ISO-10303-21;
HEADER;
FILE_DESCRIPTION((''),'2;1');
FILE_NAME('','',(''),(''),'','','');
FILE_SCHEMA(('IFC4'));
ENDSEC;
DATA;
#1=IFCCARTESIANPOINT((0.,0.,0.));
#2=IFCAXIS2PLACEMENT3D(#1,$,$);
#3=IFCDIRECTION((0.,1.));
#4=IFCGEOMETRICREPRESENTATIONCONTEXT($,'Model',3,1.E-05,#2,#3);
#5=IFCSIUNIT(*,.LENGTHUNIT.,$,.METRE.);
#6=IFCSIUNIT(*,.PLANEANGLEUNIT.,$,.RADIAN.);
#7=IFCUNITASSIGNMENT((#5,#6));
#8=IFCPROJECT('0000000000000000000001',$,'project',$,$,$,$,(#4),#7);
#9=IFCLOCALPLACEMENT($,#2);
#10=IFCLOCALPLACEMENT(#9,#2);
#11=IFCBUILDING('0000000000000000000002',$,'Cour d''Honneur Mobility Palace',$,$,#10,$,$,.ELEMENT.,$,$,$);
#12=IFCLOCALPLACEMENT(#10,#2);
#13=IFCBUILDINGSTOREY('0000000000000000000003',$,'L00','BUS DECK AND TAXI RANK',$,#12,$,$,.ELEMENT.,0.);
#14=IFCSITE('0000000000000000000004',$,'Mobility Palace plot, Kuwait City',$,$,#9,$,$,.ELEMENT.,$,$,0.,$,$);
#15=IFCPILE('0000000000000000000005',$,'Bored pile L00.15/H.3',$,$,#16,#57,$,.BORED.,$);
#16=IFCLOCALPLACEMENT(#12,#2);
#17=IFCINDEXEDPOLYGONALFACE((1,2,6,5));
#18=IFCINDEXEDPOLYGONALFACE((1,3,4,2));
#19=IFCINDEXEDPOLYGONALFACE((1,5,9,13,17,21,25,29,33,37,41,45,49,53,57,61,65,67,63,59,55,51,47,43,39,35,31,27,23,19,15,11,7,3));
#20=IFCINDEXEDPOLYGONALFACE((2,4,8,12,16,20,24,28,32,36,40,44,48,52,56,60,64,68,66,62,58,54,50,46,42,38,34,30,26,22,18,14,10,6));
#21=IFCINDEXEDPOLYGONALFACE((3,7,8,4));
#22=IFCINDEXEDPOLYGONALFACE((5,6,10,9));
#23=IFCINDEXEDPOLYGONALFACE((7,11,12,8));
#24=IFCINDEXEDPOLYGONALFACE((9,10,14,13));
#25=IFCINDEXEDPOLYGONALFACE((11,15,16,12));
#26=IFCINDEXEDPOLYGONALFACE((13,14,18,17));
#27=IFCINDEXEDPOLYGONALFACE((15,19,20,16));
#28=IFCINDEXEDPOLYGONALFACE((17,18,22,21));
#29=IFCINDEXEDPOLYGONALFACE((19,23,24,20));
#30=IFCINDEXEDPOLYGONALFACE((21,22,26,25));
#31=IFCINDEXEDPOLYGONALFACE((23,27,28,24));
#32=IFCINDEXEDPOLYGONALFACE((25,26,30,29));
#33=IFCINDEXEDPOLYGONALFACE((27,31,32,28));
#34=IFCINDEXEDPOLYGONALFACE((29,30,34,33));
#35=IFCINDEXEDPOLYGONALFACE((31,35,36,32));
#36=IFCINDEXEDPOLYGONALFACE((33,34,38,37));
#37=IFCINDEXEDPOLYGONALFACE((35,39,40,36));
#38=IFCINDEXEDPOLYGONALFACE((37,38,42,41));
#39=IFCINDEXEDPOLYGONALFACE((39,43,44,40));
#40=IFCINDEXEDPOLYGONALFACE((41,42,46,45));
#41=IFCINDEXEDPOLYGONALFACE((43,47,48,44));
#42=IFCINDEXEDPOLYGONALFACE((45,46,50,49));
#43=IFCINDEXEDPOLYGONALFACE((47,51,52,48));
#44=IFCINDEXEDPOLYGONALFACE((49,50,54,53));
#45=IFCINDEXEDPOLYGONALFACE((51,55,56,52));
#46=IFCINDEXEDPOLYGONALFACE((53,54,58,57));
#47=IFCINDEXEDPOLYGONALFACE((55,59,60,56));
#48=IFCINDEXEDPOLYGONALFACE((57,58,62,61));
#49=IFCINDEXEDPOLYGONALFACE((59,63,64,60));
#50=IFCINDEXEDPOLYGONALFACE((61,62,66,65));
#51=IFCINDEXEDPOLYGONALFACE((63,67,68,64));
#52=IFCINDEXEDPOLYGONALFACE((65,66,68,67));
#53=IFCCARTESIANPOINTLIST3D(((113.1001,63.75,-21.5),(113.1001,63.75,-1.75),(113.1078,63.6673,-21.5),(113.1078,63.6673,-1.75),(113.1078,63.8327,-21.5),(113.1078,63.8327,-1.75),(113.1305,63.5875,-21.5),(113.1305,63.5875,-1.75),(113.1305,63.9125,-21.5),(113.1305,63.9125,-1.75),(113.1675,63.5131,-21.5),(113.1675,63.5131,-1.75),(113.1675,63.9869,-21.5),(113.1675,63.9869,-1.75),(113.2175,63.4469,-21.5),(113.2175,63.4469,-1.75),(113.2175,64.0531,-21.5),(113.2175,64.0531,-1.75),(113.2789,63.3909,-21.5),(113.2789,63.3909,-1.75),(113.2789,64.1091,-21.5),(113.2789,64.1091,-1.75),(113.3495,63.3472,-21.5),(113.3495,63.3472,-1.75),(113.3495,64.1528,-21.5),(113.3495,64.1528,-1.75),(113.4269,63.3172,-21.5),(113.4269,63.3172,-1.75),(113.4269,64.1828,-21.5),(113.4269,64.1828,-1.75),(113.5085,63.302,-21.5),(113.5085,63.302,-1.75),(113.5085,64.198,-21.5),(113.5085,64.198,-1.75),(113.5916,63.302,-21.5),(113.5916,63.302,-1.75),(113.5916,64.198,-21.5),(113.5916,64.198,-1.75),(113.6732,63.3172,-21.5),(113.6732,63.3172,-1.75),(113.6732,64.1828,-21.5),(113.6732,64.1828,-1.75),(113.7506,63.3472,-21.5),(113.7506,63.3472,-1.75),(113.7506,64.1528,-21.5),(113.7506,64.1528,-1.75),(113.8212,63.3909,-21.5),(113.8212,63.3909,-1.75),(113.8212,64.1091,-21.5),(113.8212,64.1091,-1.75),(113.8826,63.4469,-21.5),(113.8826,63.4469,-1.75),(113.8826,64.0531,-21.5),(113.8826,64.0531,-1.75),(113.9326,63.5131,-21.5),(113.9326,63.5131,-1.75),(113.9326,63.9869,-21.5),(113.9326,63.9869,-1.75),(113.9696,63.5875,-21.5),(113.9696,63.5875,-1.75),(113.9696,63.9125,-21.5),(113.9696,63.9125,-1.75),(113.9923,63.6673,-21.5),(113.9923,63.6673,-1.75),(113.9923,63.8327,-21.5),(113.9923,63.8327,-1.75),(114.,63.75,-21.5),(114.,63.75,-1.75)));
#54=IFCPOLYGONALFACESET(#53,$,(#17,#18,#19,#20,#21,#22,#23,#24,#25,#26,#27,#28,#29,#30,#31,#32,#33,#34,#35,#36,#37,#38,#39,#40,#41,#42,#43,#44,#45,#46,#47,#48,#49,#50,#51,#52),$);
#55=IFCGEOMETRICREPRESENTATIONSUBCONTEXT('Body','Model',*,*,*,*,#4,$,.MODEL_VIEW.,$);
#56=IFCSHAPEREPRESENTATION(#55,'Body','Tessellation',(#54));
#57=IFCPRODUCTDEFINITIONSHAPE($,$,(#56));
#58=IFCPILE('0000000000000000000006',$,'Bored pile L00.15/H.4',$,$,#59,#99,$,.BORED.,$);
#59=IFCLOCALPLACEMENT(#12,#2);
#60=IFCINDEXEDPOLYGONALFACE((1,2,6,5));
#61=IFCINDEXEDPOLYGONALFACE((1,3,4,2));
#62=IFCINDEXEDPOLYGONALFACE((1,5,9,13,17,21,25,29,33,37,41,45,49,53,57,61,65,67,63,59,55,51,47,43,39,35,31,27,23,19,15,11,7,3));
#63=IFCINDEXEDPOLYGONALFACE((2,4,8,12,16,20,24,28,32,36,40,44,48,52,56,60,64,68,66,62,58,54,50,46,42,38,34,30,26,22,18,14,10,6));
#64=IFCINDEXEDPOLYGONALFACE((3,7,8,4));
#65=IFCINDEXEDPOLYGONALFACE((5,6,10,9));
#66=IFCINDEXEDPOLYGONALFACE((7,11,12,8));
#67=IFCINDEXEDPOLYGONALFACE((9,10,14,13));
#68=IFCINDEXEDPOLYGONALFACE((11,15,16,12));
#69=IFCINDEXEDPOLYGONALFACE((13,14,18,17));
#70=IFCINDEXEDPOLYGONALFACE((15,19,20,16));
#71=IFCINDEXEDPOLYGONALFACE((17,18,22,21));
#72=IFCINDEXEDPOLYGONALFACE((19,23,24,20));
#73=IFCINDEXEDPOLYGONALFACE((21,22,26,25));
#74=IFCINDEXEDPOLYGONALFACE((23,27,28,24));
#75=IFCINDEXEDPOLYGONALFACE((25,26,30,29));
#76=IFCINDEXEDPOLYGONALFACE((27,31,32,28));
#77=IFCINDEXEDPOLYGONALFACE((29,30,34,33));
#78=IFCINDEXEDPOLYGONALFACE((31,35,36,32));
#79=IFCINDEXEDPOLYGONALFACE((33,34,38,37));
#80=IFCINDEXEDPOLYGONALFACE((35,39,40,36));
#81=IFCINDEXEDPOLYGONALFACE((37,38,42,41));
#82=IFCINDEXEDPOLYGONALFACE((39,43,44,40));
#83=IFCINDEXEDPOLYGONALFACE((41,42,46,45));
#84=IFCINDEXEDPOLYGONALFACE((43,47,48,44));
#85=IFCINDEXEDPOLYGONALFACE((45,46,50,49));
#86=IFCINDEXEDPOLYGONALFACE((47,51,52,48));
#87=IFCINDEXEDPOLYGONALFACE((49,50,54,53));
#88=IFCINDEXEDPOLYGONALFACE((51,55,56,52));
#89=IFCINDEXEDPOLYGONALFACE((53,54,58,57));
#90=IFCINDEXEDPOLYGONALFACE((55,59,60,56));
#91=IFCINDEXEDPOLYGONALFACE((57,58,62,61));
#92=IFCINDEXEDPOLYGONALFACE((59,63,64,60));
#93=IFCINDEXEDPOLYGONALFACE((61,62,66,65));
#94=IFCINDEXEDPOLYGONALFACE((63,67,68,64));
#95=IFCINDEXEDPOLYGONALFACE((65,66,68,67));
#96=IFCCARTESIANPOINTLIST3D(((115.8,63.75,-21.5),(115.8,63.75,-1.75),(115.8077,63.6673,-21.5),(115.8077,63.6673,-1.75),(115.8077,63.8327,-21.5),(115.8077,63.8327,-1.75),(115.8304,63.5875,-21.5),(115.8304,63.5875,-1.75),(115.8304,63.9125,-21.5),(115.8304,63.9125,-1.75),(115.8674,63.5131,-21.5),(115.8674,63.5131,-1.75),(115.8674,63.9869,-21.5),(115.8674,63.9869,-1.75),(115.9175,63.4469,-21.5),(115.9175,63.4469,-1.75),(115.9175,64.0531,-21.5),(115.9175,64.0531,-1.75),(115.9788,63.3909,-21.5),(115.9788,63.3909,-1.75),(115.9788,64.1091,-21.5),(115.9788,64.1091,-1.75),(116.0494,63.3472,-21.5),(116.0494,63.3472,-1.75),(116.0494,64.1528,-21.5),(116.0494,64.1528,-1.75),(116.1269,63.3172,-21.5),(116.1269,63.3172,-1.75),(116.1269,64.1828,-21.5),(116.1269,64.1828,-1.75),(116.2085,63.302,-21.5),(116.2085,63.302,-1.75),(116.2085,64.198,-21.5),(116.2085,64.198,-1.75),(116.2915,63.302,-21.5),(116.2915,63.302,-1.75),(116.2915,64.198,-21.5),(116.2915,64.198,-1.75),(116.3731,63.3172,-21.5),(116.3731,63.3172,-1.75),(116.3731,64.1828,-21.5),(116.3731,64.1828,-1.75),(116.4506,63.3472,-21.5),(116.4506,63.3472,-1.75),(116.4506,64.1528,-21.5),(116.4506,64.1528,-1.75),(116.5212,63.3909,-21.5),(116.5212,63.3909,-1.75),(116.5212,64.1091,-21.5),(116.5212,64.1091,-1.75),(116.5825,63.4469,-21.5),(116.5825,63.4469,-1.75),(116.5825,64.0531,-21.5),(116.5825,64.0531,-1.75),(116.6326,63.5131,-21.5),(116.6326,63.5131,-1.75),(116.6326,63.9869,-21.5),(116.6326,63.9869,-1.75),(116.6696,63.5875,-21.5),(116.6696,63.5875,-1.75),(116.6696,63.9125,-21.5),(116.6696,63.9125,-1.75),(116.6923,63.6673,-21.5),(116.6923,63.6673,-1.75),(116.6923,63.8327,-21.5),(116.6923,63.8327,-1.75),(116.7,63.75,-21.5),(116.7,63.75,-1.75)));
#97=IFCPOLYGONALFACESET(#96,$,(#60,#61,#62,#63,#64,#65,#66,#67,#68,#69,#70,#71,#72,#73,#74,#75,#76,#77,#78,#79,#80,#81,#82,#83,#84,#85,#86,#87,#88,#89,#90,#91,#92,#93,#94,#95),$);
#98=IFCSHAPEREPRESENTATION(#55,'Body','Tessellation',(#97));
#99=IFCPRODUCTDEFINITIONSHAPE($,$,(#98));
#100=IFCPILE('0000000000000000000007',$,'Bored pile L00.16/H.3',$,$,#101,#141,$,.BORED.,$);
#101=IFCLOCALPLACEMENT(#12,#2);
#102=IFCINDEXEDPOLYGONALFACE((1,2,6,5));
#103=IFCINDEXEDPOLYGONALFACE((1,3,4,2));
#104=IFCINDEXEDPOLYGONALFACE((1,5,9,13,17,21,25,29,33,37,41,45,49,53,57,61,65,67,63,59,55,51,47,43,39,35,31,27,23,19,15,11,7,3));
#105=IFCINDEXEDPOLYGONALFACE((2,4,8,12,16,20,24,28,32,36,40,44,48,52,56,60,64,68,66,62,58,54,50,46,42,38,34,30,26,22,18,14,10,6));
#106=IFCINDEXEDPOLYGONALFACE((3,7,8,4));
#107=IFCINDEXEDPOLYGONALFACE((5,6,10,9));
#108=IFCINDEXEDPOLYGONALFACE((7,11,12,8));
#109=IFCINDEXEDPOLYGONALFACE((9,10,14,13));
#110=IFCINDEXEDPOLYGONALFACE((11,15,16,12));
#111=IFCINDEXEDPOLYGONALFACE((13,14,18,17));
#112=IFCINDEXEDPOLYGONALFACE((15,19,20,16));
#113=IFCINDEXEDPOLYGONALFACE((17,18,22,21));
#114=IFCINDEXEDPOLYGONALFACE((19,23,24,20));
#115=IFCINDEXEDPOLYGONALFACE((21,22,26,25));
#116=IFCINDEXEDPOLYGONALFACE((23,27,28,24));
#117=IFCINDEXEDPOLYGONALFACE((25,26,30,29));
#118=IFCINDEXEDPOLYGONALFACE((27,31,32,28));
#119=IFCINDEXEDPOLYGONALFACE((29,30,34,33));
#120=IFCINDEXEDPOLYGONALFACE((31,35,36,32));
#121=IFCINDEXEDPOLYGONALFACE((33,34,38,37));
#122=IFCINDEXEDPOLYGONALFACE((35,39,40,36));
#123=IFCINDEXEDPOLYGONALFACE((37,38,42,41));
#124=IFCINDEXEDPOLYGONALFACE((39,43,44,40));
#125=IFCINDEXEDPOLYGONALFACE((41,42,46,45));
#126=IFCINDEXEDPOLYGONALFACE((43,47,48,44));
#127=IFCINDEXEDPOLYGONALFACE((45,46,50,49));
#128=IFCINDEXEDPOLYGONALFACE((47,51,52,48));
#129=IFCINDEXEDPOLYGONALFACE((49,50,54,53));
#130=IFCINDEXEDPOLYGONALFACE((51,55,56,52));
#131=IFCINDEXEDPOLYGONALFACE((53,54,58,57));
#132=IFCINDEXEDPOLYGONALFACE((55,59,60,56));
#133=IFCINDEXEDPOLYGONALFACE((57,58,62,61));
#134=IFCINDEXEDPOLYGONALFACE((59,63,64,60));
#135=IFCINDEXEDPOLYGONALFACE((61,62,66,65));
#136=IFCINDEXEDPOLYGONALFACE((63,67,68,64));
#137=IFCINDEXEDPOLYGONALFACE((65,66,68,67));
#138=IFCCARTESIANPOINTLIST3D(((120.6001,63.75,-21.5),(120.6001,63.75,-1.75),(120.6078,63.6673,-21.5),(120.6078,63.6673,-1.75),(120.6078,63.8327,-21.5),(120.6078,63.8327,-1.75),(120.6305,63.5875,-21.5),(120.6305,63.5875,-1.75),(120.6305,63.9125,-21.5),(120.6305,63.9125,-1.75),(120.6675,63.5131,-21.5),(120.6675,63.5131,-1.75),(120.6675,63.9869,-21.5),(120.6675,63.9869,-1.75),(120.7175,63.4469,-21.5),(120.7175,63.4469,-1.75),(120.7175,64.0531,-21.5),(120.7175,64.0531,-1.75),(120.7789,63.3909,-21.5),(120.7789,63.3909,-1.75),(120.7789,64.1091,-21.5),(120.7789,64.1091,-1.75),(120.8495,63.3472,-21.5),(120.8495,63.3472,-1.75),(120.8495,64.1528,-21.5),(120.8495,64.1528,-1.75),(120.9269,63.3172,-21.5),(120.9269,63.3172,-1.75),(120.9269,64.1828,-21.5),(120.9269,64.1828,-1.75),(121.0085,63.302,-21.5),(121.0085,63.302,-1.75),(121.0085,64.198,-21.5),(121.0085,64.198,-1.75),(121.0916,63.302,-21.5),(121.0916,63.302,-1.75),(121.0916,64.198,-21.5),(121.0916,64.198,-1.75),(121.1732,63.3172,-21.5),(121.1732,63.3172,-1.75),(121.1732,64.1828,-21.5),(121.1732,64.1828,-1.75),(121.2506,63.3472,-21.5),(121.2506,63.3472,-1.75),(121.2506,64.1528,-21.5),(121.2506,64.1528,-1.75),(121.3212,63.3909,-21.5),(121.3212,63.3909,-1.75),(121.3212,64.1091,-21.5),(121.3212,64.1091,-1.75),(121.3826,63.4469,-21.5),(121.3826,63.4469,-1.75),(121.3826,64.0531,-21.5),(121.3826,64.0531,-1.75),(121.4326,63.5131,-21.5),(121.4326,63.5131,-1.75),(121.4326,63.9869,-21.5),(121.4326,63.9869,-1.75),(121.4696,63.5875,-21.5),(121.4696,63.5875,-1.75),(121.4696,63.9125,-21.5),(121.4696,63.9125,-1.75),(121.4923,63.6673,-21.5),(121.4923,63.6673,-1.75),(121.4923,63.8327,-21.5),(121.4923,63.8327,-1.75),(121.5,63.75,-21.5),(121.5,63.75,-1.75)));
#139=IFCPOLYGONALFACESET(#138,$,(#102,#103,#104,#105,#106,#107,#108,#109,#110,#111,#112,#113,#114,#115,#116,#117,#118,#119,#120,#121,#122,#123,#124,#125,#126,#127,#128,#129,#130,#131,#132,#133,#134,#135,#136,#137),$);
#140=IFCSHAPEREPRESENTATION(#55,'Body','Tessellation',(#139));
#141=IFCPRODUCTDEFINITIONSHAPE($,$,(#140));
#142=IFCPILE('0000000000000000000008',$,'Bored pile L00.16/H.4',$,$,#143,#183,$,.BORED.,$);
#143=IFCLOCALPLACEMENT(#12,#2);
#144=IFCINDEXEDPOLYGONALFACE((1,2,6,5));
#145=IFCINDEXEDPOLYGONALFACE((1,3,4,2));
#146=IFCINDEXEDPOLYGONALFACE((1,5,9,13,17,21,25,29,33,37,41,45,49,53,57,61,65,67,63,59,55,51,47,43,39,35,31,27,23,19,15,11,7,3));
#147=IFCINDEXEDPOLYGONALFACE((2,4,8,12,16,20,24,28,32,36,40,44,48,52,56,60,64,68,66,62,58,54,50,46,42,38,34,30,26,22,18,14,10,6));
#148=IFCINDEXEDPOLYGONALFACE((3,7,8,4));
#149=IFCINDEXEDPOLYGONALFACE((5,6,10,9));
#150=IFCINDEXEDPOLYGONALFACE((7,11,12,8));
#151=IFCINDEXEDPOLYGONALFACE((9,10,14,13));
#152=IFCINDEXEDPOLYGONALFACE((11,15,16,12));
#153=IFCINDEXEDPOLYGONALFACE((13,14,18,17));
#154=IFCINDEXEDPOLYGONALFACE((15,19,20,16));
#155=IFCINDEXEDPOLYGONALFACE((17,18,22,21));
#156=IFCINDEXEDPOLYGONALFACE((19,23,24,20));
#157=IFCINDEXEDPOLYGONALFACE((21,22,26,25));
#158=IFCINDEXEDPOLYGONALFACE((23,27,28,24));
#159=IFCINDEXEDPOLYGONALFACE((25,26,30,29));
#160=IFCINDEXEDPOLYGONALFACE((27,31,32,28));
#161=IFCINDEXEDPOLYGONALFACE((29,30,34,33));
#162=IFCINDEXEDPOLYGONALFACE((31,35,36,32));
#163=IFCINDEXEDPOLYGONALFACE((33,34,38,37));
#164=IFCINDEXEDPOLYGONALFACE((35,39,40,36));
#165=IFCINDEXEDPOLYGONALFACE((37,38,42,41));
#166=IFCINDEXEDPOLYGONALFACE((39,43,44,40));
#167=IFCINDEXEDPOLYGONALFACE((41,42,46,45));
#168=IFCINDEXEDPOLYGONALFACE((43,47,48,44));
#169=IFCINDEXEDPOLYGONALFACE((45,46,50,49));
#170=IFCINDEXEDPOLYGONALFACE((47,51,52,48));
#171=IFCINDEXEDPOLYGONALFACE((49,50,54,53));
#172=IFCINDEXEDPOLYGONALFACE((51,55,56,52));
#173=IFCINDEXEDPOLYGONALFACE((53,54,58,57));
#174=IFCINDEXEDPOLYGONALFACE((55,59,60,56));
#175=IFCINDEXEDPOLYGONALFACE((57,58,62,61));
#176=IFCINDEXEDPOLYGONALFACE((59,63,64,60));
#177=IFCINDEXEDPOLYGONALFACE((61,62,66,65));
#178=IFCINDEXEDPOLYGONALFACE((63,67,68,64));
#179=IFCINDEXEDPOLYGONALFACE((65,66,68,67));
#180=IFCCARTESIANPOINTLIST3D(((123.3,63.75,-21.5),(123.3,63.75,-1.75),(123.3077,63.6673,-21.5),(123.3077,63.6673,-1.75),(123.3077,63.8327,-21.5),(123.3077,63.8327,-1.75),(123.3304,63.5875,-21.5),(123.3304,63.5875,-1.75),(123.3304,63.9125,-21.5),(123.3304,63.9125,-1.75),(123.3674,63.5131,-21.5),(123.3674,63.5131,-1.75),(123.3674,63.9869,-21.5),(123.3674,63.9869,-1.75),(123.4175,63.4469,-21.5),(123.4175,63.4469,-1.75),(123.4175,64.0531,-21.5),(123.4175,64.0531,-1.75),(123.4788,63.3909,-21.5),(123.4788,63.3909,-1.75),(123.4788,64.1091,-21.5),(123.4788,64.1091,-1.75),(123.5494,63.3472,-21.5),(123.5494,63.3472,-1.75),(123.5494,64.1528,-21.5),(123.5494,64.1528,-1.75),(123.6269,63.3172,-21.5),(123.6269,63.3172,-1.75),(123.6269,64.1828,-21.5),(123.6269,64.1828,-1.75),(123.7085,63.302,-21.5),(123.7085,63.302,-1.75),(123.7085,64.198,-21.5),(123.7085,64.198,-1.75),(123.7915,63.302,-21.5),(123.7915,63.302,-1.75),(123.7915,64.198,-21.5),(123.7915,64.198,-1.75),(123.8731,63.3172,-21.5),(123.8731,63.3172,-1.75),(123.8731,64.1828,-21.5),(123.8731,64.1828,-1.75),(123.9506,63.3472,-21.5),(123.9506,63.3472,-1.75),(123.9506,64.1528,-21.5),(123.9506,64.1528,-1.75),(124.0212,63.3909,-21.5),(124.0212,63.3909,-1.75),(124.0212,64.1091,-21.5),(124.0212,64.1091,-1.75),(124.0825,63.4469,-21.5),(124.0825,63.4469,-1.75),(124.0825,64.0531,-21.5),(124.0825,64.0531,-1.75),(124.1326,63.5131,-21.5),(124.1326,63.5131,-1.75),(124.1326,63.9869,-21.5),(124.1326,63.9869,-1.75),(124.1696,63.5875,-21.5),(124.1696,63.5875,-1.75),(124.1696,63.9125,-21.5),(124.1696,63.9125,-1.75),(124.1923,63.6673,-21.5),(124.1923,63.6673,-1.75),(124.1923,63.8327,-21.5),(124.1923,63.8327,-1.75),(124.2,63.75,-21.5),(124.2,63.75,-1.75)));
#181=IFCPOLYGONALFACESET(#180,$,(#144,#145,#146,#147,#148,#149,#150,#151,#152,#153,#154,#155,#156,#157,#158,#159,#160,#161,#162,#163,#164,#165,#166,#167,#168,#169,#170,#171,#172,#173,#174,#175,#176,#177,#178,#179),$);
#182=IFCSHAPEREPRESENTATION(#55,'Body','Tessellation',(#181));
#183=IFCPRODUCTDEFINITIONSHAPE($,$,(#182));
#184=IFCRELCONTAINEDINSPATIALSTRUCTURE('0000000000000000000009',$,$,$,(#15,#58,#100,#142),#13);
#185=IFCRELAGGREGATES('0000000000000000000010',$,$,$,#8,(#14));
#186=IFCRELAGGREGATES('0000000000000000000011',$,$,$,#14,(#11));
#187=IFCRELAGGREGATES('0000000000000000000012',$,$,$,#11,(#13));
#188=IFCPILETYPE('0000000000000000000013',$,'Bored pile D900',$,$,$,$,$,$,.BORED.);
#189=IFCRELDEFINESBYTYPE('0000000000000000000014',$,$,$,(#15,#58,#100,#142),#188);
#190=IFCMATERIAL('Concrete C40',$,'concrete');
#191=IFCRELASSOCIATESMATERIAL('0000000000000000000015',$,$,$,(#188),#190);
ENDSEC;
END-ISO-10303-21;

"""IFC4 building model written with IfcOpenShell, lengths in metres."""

from ifc_helpers import new_model, si_unit, direction, frame, origin, origin_2d, place, context, subcontext, project, spatial, circle, extrude, material, material_profile, profile_set, type_object, element, save


model = new_model("IFC4")

# Units and contexts
model_context = context("Model", 3, precision=1e-05, world=origin(), true_north=direction((0.0, 1.0)))
body_context = subcontext(model_context, "Body", "Model", "MODEL_VIEW")
ifc_project = project(units=[si_unit("LENGTHUNIT", "METRE"), si_unit("PLANEANGLEUNIT", "RADIAN")], contexts=[model_context])

# Site, building, storey
site_placement = place(None, origin())
site = spatial("IfcSite", under=ifc_project, at=site_placement, Name="Mobility Palace plot, Kuwait City", CompositionType="ELEMENT", RefElevation=0.0)
building_placement = place(site_placement, origin())
building = spatial("IfcBuilding", under=site, at=building_placement, Name="Cour d'Honneur Mobility Palace", CompositionType="ELEMENT")
storey_placement = place(building_placement, origin())
storey = spatial("IfcBuildingStorey", under=building, at=storey_placement, Name="L00", Description="BUS DECK AND TAXI RANK", CompositionType="ELEMENT", Elevation=0.0)

# Piles
ifc_material_1 = material(Name="Concrete C40", Category="concrete")
ifc_material_profile_1 = material_profile(ifc_material_1, circle(Radius=0.45, at=origin_2d()), Name="Bored pile D900")
ifc_profile_set_1 = profile_set([ifc_material_profile_1], Name="Concrete C40")
pile_type = type_object("IfcPileType", Name="Bored pile D900", PredefinedType="BORED", material=ifc_profile_set_1)
for number, where, z_axis, x_axis, name in (
    (1, (113.55, 63.75, -1.75), (0.0, 0.0, -1.0), (1.0, 0.0, 0.0), "Bored pile L00.15/H.3"),
    (2, (116.25, 63.75, -1.75), (0.0, 0.0, -1.0), (1.0, 0.0, 0.0), "Bored pile L00.15/H.4"),
    (3, (121.05, 63.75, -1.75), (0.0, 0.0, -1.0), (1.0, 0.0, 0.0), "Bored pile L00.16/H.3"),
    (4, (123.75, 63.75, -1.75), (0.0, 0.0, -1.0), (1.0, 0.0, 0.0), "Bored pile L00.16/H.4"),
):
    element("IfcPile", number, at=place(storey_placement, frame(where, z_axis=z_axis, x_axis=x_axis)), inside=storey, type_object=pile_type, Name=name, PredefinedType="BORED", context=body_context, shape_type="SweptSolid", body=[
        extrude(circle(Radius=0.45, at=origin_2d()), origin(), (0.0, 0.0, 1.0), 19.75),
    ])

save(model, "model.ifc")
